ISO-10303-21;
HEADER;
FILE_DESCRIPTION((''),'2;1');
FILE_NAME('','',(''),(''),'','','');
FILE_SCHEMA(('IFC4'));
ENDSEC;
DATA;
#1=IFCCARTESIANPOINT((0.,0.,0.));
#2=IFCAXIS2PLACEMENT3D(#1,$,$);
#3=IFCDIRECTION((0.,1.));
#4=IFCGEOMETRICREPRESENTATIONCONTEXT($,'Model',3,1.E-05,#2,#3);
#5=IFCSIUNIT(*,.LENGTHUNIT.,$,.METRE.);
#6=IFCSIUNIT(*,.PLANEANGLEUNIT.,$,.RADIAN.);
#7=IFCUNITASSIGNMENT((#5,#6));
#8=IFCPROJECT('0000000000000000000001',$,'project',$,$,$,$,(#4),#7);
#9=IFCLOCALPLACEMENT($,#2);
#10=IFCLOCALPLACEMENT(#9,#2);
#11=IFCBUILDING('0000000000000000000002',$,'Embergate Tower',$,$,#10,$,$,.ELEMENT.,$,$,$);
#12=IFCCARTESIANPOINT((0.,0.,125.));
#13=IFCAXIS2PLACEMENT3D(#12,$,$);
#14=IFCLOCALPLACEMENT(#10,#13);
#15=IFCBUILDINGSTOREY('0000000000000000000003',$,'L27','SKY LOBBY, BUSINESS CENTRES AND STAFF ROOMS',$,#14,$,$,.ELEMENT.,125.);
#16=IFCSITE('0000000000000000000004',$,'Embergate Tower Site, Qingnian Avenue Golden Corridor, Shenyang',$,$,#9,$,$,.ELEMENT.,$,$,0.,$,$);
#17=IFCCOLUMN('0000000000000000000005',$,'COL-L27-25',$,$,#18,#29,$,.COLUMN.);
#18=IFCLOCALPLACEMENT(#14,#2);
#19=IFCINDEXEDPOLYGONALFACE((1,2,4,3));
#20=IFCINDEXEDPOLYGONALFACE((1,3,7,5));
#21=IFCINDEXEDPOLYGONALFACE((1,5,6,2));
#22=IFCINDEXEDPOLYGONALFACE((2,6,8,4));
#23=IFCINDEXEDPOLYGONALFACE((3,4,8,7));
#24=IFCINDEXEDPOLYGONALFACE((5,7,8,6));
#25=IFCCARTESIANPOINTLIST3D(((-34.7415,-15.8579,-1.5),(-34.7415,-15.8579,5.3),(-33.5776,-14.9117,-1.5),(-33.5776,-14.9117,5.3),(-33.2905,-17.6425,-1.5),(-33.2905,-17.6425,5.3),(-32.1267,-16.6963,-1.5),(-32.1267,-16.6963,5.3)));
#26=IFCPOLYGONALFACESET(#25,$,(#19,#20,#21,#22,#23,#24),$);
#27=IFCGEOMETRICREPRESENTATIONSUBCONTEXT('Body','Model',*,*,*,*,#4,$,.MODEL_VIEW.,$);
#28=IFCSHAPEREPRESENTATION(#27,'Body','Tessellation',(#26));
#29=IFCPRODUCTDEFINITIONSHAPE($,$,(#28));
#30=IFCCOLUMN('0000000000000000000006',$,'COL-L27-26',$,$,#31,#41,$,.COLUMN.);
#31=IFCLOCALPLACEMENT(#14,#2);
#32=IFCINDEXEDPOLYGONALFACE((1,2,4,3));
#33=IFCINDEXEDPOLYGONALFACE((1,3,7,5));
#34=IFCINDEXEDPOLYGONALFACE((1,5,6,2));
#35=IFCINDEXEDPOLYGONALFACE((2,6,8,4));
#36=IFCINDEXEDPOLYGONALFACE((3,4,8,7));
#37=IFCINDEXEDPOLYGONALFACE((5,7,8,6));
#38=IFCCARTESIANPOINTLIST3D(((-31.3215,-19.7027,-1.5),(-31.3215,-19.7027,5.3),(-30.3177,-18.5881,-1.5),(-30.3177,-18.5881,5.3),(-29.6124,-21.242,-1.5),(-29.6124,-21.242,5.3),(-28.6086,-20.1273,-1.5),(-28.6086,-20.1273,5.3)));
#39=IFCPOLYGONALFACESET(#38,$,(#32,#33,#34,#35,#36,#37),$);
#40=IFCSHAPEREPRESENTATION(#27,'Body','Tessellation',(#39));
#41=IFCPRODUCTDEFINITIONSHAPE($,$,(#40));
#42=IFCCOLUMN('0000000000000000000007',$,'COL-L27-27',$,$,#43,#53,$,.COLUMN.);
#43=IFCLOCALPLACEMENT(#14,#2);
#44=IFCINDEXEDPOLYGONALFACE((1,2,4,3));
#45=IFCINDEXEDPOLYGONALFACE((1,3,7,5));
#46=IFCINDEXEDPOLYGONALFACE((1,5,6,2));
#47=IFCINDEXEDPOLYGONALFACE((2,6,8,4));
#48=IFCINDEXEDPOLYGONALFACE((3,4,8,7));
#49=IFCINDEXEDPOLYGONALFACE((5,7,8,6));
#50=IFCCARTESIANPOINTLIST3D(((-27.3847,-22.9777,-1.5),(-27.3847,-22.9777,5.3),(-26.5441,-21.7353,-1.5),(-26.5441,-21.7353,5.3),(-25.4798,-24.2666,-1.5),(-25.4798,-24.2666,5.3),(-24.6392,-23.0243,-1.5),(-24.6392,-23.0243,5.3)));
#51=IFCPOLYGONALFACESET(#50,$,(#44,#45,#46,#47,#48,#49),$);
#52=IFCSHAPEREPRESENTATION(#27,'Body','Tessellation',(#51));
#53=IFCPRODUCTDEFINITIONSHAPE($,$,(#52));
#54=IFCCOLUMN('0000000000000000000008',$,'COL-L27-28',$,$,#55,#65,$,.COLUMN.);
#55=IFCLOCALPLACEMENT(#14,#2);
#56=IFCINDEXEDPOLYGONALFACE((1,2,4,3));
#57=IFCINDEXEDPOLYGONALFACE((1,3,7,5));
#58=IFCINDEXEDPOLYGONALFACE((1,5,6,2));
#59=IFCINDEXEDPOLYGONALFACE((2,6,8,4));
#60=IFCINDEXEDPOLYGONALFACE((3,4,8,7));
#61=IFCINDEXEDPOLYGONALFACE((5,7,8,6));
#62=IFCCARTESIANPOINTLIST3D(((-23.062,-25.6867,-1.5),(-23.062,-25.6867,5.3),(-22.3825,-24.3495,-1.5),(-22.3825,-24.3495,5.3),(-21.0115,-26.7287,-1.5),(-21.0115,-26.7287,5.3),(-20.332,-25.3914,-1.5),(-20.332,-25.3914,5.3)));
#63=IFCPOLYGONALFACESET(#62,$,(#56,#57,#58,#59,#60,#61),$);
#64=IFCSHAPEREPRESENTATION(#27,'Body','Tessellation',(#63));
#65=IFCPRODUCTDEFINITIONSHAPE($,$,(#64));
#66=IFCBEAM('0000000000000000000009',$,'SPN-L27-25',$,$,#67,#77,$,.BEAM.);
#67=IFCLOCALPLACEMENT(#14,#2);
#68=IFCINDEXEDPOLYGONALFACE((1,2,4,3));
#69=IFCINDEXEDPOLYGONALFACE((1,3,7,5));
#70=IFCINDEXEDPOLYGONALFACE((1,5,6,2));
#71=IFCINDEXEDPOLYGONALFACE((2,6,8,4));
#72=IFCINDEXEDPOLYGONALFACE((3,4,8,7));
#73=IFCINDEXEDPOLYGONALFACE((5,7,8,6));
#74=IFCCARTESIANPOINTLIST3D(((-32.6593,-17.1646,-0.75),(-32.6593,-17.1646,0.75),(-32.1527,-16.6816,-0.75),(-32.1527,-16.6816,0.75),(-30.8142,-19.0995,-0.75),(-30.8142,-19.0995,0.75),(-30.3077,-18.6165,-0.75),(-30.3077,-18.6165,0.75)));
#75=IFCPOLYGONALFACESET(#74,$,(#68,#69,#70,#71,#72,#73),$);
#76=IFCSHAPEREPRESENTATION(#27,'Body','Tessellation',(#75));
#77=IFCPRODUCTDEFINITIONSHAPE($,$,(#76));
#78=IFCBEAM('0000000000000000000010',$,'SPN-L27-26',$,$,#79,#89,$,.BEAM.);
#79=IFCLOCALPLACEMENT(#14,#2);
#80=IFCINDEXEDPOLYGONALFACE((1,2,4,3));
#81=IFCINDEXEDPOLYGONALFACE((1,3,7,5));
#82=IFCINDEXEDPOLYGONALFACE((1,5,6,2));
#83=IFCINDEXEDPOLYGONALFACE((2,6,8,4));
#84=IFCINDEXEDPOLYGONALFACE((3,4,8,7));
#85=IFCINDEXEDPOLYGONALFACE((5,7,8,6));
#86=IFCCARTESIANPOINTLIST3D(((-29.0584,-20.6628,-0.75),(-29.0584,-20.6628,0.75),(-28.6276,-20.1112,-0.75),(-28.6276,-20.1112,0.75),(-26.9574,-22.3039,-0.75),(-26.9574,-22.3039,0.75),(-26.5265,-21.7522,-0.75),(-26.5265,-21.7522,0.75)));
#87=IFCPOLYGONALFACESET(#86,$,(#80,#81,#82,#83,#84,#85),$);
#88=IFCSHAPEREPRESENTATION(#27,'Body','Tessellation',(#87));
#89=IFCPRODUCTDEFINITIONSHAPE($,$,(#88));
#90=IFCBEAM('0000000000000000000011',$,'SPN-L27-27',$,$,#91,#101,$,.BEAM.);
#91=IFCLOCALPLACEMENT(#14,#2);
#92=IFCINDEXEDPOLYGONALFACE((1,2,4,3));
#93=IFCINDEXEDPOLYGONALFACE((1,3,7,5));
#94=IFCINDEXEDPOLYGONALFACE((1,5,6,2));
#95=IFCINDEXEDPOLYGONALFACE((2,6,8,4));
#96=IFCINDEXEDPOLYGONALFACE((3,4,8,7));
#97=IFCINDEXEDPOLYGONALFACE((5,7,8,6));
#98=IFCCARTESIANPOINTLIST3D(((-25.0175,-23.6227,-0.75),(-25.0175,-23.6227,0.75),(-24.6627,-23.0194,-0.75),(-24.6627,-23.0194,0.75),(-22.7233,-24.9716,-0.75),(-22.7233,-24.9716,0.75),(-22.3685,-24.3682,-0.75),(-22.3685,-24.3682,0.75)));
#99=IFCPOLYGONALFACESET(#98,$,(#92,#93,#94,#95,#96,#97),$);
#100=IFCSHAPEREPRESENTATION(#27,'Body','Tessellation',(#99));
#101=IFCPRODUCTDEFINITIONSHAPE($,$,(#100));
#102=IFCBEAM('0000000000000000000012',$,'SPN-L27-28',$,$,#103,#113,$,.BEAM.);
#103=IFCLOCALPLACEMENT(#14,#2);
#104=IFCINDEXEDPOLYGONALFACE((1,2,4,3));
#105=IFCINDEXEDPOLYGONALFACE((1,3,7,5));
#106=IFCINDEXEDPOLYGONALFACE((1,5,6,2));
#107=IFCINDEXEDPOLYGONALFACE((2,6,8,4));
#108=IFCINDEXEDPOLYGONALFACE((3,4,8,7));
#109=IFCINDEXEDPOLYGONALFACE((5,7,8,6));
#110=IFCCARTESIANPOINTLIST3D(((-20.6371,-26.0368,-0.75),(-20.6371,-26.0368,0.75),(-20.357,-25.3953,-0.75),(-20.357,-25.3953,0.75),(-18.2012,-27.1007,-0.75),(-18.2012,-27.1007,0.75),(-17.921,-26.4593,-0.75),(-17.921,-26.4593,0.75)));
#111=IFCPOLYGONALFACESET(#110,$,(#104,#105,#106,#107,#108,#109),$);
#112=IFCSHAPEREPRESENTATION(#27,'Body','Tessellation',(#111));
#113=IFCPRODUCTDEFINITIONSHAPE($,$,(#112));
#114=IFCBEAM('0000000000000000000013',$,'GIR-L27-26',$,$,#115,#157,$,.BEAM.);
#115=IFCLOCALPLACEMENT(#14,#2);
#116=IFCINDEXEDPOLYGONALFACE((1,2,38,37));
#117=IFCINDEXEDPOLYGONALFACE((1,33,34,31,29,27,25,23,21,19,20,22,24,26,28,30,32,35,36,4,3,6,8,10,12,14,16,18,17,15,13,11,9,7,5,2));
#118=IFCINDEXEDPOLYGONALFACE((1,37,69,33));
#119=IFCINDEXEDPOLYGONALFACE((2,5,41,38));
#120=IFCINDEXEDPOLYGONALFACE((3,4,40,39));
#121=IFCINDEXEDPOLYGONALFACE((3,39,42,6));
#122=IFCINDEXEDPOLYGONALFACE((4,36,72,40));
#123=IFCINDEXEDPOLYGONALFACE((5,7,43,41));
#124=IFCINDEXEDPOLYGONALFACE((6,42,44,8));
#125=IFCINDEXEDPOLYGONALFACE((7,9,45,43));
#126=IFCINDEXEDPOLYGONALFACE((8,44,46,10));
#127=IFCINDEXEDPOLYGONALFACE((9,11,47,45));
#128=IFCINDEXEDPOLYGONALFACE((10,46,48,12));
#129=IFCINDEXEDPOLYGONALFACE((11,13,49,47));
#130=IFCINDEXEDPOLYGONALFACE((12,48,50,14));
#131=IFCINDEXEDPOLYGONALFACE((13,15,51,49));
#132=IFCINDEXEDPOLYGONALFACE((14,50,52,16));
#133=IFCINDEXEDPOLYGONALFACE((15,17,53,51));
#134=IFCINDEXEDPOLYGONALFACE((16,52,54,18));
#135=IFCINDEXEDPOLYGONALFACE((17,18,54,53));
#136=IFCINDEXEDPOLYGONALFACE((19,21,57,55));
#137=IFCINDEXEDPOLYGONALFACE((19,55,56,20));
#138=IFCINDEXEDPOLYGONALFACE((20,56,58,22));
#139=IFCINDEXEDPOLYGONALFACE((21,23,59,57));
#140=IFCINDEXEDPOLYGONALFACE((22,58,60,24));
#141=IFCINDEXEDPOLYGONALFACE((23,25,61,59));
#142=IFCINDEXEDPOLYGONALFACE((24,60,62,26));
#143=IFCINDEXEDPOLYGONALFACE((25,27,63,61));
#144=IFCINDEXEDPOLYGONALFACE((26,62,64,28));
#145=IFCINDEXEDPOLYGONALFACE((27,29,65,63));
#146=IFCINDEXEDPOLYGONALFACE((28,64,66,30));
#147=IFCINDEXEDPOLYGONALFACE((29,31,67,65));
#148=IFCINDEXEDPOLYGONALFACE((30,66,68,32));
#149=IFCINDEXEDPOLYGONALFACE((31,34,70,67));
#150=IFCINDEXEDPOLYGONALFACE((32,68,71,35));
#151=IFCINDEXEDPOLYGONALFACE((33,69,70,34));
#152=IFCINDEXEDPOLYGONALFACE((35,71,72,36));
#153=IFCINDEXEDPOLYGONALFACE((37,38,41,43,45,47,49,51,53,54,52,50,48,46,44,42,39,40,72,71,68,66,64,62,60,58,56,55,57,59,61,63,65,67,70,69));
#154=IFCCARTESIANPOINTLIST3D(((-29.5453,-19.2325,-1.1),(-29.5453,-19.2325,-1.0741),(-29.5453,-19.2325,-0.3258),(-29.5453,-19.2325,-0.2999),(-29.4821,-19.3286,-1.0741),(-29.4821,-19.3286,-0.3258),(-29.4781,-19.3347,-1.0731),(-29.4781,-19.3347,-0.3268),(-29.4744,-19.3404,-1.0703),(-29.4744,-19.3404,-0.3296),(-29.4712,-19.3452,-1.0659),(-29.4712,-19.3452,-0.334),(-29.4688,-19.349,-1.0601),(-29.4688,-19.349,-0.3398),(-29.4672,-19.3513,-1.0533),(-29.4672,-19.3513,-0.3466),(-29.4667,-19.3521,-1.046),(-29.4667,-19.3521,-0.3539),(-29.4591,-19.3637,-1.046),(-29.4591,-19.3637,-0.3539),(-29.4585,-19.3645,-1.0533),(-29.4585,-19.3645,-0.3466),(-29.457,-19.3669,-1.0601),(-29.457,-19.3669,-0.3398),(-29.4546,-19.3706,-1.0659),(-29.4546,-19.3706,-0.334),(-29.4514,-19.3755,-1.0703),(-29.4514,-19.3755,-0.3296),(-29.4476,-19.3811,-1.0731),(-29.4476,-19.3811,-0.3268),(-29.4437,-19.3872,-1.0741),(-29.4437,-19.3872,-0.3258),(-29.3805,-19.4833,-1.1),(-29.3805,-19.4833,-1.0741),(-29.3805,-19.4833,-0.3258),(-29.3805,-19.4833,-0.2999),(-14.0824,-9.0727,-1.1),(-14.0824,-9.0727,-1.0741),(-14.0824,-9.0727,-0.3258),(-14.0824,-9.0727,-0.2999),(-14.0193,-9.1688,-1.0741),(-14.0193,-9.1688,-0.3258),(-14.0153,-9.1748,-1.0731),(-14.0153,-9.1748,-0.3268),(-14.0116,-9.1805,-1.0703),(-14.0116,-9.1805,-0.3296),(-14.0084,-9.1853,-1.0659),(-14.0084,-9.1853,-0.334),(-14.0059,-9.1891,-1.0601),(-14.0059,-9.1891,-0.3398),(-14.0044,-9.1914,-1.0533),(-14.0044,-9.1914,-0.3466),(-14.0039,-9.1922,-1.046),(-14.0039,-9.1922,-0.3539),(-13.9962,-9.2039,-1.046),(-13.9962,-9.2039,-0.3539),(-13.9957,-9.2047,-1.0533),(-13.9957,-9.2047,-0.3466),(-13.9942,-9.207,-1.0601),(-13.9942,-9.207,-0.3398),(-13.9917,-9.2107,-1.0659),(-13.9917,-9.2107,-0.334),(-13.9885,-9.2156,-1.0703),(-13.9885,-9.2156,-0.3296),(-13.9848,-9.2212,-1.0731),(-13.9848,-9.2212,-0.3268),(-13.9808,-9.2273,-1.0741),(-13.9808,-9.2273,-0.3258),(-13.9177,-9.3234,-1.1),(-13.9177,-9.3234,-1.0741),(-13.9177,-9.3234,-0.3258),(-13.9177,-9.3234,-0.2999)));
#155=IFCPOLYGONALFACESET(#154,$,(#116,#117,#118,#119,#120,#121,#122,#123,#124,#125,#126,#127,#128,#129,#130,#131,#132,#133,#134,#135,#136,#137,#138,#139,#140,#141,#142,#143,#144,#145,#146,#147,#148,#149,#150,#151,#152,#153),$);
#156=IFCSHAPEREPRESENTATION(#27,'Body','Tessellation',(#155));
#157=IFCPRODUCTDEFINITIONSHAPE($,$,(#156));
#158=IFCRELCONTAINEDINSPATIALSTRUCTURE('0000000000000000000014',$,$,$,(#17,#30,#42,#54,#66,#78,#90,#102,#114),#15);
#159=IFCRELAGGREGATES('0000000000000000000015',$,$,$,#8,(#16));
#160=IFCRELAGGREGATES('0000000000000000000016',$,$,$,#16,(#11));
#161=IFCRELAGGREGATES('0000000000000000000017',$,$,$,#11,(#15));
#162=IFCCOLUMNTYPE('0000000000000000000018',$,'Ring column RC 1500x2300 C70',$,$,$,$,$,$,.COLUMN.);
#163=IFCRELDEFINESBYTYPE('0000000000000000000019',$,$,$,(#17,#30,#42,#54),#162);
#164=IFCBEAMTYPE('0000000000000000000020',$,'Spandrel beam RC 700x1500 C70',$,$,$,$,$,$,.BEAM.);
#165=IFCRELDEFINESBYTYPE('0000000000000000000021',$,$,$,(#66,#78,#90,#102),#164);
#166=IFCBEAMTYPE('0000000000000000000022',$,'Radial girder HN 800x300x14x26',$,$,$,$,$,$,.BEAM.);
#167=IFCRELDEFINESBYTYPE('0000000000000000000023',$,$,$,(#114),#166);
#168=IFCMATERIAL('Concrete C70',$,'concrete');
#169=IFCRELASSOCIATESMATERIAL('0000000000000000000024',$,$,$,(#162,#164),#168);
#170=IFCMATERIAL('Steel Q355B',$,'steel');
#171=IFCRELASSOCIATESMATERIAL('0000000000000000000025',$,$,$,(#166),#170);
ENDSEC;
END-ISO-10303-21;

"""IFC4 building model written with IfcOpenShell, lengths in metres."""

from ifc_helpers import new_model, si_unit, direction, frame, origin, origin_2d, place, context, subcontext, project, spatial, rectangle, i_section, extrude, source, transform, mapped, material, material_profile, profile_set, type_object, element, save


model = new_model("IFC4")

# Units and contexts
model_context = context("Model", 3, precision=1e-05, world=origin(), true_north=direction((0.0, 1.0)))
body_context = subcontext(model_context, "Body", "Model", "MODEL_VIEW")
ifc_project = project(units=[si_unit("LENGTHUNIT", "METRE"), si_unit("PLANEANGLEUNIT", "RADIAN")], contexts=[model_context])

# Site, building, storey
site_placement = place(None, origin())
site = spatial("IfcSite", under=ifc_project, at=site_placement, Name="Embergate Tower Site, Qingnian Avenue Golden Corridor, Shenyang", CompositionType="ELEMENT", RefElevation=0.0)
building_placement = place(site_placement, origin())
building = spatial("IfcBuilding", under=site, at=building_placement, Name="Embergate Tower", CompositionType="ELEMENT")
storey_placement = place(building_placement, frame((0.0, 0.0, 125.0)))
storey = spatial("IfcBuildingStorey", under=building, at=storey_placement, Name="L27", Description="SKY LOBBY, BUSINESS CENTRES AND STAFF ROOMS", CompositionType="ELEMENT", Elevation=125.0)

# Columns
ifc_material_1 = material(Name="Concrete C70", Category="concrete")
ifc_material_profile_1 = material_profile(ifc_material_1, rectangle(XDim=1.5, YDim=2.3, at=origin_2d()), Name="RC 1500x2300")
ifc_profile_set_1 = profile_set([ifc_material_profile_1], Name="Concrete C70")
column_type = type_object("IfcColumnType", Name="Ring column RC 1500x2300 C70", PredefinedType="COLUMN", material=ifc_profile_set_1)
shared_shape_1 = source(origin(), body_context, "Body", "SweptSolid", [
    extrude(rectangle(XDim=1.5, YDim=2.3, at=origin_2d()), origin(), (0.0, 0.0, 1.0), 6.8),
])
for number, where, z_axis, x_axis, name in (
    (1, (-33.4341, -16.2771, -1.5), (0.0, 0.0, 1.0), (-0.775914, -0.630838, 0.0), "COL-L27-25"),
    (2, (-29.9651, -19.915, -1.5), (0.0, 0.0, 1.0), (-0.669208, -0.743075, 0.0), "COL-L27-26"),
    (3, (-26.012, -23.001, -1.5), (0.0, 0.0, 1.0), (-0.560393, -0.828227, 0.0), "COL-L27-27"),
    (4, (-21.697, -25.5391, -1.5), (0.0, 0.0, 1.0), (-0.452995, -0.891513, 0.0), "COL-L27-28"),
):
    element("IfcColumn", number, at=place(storey_placement, frame(where, z_axis=z_axis, x_axis=x_axis)), inside=storey, type_object=column_type, Name=name, PredefinedType="COLUMN", context=body_context, shape_type="MappedRepresentation", body=[
        mapped(shared_shape_1, transform((0.0, 0.0, 0.0))),
    ])

# Beams
ifc_material_profile_2 = material_profile(ifc_material_1, rectangle(XDim=0.7, YDim=1.5, at=origin_2d()), Name="RC 700x1500")
ifc_profile_set_2 = profile_set([ifc_material_profile_2], Name="Concrete C70")
beam_type_1 = type_object("IfcBeamType", Name="Spandrel beam RC 700x1500 C70", PredefinedType="BEAM", material=ifc_profile_set_2)
shared_shape_2 = source(origin(), body_context, "Body", "SweptSolid", [
    extrude(rectangle(XDim=0.7, YDim=1.5, at=origin_2d()), origin(), (0.0, 0.0, 1.0), 2.6736),
])
beam_1_placement = place(storey_placement, frame((-32.406, -16.9231, 0.0), z_axis=(0.690104, -0.72371, 0.0), x_axis=(0.72371, 0.690104, 0.0)))
element("IfcBeam", 5, at=beam_1_placement, inside=storey, type_object=beam_type_1, Name="SPN-L27-25", PredefinedType="BEAM", context=body_context, shape_type="MappedRepresentation", body=[
    mapped(shared_shape_2, transform((0.0, 0.0, 0.0))),
])
shared_shape_3 = source(origin(), body_context, "Body", "SweptSolid", [
    extrude(rectangle(XDim=0.7, YDim=1.5, at=origin_2d()), origin(), (0.0, 0.0, 1.0), 2.666),
])
beam_2_placement = place(storey_placement, frame((-28.843, -20.387, 0.0), z_axis=(0.788088, -0.615562, 0.0), x_axis=(0.615562, 0.788088, 0.0)))
element("IfcBeam", 6, at=beam_2_placement, inside=storey, type_object=beam_type_1, Name="SPN-L27-26", PredefinedType="BEAM", context=body_context, shape_type="MappedRepresentation", body=[
    mapped(shared_shape_3, transform((0.0, 0.0, 0.0))),
])
shared_shape_4 = source(origin(), body_context, "Body", "SweptSolid", [
    extrude(rectangle(XDim=0.7, YDim=1.5, at=origin_2d()), origin(), (0.0, 0.0, 1.0), 2.6614),
])
beam_3_placement = place(storey_placement, frame((-24.8401, -23.321, 0.0), z_axis=(0.86204, -0.50684, 0.0), x_axis=(0.50684, 0.86204, 0.0)))
element("IfcBeam", 7, at=beam_3_placement, inside=storey, type_object=beam_type_1, Name="SPN-L27-27", PredefinedType="BEAM", context=body_context, shape_type="MappedRepresentation", body=[
    mapped(shared_shape_4, transform((0.0, 0.0, 0.0))),
])
shared_shape_5 = source(origin(), body_context, "Body", "SweptSolid", [
    extrude(rectangle(XDim=0.7, YDim=1.5, at=origin_2d()), origin(), (0.0, 0.0, 1.0), 2.6582),
])
beam_4_placement = place(storey_placement, frame((-20.4971, -25.7161, 0.0), z_axis=(0.916406, -0.40025, 0.0), x_axis=(0.40025, 0.916406, 0.0)))
element("IfcBeam", 8, at=beam_4_placement, inside=storey, type_object=beam_type_1, Name="SPN-L27-28", PredefinedType="BEAM", context=body_context, shape_type="MappedRepresentation", body=[
    mapped(shared_shape_5, transform((0.0, 0.0, 0.0))),
])
ifc_material_2 = material(Name="Steel Q355B", Category="steel")
ifc_material_profile_3 = material_profile(ifc_material_2, i_section(OverallWidth=0.3, OverallDepth=0.8, WebThickness=0.0139, FlangeThickness=0.0259, FilletRadius=0.0281, at=origin_2d()), Name="HN 800x300x14x26")
ifc_profile_set_3 = profile_set([ifc_material_profile_3], Name="Steel Q355 grade B")
beam_type_2 = type_object("IfcBeamType", Name="Radial girder HN 800x300x14x26", PredefinedType="BEAM", material=ifc_profile_set_3)
shared_shape_6 = source(origin(), body_context, "Body", "SweptSolid", [
    extrude(i_section(OverallWidth=0.3, OverallDepth=0.8, WebThickness=0.0139, FlangeThickness=0.0259, FilletRadius=0.0281, at=origin_2d()), origin(), (0.0, 0.0, 1.0), 18.502),
])
beam_5_placement = place(storey_placement, frame((-29.4629, -19.3579, -0.7), z_axis=(0.835741, 0.549124, 0.0), x_axis=(-0.549124, 0.835741, 0.0)))
element("IfcBeam", 9, at=beam_5_placement, inside=storey, type_object=beam_type_2, Name="GIR-L27-26", PredefinedType="BEAM", context=body_context, shape_type="MappedRepresentation", body=[
    mapped(shared_shape_6, transform((0.0, 0.0, 0.0))),
])

save(model, "model.ifc")
